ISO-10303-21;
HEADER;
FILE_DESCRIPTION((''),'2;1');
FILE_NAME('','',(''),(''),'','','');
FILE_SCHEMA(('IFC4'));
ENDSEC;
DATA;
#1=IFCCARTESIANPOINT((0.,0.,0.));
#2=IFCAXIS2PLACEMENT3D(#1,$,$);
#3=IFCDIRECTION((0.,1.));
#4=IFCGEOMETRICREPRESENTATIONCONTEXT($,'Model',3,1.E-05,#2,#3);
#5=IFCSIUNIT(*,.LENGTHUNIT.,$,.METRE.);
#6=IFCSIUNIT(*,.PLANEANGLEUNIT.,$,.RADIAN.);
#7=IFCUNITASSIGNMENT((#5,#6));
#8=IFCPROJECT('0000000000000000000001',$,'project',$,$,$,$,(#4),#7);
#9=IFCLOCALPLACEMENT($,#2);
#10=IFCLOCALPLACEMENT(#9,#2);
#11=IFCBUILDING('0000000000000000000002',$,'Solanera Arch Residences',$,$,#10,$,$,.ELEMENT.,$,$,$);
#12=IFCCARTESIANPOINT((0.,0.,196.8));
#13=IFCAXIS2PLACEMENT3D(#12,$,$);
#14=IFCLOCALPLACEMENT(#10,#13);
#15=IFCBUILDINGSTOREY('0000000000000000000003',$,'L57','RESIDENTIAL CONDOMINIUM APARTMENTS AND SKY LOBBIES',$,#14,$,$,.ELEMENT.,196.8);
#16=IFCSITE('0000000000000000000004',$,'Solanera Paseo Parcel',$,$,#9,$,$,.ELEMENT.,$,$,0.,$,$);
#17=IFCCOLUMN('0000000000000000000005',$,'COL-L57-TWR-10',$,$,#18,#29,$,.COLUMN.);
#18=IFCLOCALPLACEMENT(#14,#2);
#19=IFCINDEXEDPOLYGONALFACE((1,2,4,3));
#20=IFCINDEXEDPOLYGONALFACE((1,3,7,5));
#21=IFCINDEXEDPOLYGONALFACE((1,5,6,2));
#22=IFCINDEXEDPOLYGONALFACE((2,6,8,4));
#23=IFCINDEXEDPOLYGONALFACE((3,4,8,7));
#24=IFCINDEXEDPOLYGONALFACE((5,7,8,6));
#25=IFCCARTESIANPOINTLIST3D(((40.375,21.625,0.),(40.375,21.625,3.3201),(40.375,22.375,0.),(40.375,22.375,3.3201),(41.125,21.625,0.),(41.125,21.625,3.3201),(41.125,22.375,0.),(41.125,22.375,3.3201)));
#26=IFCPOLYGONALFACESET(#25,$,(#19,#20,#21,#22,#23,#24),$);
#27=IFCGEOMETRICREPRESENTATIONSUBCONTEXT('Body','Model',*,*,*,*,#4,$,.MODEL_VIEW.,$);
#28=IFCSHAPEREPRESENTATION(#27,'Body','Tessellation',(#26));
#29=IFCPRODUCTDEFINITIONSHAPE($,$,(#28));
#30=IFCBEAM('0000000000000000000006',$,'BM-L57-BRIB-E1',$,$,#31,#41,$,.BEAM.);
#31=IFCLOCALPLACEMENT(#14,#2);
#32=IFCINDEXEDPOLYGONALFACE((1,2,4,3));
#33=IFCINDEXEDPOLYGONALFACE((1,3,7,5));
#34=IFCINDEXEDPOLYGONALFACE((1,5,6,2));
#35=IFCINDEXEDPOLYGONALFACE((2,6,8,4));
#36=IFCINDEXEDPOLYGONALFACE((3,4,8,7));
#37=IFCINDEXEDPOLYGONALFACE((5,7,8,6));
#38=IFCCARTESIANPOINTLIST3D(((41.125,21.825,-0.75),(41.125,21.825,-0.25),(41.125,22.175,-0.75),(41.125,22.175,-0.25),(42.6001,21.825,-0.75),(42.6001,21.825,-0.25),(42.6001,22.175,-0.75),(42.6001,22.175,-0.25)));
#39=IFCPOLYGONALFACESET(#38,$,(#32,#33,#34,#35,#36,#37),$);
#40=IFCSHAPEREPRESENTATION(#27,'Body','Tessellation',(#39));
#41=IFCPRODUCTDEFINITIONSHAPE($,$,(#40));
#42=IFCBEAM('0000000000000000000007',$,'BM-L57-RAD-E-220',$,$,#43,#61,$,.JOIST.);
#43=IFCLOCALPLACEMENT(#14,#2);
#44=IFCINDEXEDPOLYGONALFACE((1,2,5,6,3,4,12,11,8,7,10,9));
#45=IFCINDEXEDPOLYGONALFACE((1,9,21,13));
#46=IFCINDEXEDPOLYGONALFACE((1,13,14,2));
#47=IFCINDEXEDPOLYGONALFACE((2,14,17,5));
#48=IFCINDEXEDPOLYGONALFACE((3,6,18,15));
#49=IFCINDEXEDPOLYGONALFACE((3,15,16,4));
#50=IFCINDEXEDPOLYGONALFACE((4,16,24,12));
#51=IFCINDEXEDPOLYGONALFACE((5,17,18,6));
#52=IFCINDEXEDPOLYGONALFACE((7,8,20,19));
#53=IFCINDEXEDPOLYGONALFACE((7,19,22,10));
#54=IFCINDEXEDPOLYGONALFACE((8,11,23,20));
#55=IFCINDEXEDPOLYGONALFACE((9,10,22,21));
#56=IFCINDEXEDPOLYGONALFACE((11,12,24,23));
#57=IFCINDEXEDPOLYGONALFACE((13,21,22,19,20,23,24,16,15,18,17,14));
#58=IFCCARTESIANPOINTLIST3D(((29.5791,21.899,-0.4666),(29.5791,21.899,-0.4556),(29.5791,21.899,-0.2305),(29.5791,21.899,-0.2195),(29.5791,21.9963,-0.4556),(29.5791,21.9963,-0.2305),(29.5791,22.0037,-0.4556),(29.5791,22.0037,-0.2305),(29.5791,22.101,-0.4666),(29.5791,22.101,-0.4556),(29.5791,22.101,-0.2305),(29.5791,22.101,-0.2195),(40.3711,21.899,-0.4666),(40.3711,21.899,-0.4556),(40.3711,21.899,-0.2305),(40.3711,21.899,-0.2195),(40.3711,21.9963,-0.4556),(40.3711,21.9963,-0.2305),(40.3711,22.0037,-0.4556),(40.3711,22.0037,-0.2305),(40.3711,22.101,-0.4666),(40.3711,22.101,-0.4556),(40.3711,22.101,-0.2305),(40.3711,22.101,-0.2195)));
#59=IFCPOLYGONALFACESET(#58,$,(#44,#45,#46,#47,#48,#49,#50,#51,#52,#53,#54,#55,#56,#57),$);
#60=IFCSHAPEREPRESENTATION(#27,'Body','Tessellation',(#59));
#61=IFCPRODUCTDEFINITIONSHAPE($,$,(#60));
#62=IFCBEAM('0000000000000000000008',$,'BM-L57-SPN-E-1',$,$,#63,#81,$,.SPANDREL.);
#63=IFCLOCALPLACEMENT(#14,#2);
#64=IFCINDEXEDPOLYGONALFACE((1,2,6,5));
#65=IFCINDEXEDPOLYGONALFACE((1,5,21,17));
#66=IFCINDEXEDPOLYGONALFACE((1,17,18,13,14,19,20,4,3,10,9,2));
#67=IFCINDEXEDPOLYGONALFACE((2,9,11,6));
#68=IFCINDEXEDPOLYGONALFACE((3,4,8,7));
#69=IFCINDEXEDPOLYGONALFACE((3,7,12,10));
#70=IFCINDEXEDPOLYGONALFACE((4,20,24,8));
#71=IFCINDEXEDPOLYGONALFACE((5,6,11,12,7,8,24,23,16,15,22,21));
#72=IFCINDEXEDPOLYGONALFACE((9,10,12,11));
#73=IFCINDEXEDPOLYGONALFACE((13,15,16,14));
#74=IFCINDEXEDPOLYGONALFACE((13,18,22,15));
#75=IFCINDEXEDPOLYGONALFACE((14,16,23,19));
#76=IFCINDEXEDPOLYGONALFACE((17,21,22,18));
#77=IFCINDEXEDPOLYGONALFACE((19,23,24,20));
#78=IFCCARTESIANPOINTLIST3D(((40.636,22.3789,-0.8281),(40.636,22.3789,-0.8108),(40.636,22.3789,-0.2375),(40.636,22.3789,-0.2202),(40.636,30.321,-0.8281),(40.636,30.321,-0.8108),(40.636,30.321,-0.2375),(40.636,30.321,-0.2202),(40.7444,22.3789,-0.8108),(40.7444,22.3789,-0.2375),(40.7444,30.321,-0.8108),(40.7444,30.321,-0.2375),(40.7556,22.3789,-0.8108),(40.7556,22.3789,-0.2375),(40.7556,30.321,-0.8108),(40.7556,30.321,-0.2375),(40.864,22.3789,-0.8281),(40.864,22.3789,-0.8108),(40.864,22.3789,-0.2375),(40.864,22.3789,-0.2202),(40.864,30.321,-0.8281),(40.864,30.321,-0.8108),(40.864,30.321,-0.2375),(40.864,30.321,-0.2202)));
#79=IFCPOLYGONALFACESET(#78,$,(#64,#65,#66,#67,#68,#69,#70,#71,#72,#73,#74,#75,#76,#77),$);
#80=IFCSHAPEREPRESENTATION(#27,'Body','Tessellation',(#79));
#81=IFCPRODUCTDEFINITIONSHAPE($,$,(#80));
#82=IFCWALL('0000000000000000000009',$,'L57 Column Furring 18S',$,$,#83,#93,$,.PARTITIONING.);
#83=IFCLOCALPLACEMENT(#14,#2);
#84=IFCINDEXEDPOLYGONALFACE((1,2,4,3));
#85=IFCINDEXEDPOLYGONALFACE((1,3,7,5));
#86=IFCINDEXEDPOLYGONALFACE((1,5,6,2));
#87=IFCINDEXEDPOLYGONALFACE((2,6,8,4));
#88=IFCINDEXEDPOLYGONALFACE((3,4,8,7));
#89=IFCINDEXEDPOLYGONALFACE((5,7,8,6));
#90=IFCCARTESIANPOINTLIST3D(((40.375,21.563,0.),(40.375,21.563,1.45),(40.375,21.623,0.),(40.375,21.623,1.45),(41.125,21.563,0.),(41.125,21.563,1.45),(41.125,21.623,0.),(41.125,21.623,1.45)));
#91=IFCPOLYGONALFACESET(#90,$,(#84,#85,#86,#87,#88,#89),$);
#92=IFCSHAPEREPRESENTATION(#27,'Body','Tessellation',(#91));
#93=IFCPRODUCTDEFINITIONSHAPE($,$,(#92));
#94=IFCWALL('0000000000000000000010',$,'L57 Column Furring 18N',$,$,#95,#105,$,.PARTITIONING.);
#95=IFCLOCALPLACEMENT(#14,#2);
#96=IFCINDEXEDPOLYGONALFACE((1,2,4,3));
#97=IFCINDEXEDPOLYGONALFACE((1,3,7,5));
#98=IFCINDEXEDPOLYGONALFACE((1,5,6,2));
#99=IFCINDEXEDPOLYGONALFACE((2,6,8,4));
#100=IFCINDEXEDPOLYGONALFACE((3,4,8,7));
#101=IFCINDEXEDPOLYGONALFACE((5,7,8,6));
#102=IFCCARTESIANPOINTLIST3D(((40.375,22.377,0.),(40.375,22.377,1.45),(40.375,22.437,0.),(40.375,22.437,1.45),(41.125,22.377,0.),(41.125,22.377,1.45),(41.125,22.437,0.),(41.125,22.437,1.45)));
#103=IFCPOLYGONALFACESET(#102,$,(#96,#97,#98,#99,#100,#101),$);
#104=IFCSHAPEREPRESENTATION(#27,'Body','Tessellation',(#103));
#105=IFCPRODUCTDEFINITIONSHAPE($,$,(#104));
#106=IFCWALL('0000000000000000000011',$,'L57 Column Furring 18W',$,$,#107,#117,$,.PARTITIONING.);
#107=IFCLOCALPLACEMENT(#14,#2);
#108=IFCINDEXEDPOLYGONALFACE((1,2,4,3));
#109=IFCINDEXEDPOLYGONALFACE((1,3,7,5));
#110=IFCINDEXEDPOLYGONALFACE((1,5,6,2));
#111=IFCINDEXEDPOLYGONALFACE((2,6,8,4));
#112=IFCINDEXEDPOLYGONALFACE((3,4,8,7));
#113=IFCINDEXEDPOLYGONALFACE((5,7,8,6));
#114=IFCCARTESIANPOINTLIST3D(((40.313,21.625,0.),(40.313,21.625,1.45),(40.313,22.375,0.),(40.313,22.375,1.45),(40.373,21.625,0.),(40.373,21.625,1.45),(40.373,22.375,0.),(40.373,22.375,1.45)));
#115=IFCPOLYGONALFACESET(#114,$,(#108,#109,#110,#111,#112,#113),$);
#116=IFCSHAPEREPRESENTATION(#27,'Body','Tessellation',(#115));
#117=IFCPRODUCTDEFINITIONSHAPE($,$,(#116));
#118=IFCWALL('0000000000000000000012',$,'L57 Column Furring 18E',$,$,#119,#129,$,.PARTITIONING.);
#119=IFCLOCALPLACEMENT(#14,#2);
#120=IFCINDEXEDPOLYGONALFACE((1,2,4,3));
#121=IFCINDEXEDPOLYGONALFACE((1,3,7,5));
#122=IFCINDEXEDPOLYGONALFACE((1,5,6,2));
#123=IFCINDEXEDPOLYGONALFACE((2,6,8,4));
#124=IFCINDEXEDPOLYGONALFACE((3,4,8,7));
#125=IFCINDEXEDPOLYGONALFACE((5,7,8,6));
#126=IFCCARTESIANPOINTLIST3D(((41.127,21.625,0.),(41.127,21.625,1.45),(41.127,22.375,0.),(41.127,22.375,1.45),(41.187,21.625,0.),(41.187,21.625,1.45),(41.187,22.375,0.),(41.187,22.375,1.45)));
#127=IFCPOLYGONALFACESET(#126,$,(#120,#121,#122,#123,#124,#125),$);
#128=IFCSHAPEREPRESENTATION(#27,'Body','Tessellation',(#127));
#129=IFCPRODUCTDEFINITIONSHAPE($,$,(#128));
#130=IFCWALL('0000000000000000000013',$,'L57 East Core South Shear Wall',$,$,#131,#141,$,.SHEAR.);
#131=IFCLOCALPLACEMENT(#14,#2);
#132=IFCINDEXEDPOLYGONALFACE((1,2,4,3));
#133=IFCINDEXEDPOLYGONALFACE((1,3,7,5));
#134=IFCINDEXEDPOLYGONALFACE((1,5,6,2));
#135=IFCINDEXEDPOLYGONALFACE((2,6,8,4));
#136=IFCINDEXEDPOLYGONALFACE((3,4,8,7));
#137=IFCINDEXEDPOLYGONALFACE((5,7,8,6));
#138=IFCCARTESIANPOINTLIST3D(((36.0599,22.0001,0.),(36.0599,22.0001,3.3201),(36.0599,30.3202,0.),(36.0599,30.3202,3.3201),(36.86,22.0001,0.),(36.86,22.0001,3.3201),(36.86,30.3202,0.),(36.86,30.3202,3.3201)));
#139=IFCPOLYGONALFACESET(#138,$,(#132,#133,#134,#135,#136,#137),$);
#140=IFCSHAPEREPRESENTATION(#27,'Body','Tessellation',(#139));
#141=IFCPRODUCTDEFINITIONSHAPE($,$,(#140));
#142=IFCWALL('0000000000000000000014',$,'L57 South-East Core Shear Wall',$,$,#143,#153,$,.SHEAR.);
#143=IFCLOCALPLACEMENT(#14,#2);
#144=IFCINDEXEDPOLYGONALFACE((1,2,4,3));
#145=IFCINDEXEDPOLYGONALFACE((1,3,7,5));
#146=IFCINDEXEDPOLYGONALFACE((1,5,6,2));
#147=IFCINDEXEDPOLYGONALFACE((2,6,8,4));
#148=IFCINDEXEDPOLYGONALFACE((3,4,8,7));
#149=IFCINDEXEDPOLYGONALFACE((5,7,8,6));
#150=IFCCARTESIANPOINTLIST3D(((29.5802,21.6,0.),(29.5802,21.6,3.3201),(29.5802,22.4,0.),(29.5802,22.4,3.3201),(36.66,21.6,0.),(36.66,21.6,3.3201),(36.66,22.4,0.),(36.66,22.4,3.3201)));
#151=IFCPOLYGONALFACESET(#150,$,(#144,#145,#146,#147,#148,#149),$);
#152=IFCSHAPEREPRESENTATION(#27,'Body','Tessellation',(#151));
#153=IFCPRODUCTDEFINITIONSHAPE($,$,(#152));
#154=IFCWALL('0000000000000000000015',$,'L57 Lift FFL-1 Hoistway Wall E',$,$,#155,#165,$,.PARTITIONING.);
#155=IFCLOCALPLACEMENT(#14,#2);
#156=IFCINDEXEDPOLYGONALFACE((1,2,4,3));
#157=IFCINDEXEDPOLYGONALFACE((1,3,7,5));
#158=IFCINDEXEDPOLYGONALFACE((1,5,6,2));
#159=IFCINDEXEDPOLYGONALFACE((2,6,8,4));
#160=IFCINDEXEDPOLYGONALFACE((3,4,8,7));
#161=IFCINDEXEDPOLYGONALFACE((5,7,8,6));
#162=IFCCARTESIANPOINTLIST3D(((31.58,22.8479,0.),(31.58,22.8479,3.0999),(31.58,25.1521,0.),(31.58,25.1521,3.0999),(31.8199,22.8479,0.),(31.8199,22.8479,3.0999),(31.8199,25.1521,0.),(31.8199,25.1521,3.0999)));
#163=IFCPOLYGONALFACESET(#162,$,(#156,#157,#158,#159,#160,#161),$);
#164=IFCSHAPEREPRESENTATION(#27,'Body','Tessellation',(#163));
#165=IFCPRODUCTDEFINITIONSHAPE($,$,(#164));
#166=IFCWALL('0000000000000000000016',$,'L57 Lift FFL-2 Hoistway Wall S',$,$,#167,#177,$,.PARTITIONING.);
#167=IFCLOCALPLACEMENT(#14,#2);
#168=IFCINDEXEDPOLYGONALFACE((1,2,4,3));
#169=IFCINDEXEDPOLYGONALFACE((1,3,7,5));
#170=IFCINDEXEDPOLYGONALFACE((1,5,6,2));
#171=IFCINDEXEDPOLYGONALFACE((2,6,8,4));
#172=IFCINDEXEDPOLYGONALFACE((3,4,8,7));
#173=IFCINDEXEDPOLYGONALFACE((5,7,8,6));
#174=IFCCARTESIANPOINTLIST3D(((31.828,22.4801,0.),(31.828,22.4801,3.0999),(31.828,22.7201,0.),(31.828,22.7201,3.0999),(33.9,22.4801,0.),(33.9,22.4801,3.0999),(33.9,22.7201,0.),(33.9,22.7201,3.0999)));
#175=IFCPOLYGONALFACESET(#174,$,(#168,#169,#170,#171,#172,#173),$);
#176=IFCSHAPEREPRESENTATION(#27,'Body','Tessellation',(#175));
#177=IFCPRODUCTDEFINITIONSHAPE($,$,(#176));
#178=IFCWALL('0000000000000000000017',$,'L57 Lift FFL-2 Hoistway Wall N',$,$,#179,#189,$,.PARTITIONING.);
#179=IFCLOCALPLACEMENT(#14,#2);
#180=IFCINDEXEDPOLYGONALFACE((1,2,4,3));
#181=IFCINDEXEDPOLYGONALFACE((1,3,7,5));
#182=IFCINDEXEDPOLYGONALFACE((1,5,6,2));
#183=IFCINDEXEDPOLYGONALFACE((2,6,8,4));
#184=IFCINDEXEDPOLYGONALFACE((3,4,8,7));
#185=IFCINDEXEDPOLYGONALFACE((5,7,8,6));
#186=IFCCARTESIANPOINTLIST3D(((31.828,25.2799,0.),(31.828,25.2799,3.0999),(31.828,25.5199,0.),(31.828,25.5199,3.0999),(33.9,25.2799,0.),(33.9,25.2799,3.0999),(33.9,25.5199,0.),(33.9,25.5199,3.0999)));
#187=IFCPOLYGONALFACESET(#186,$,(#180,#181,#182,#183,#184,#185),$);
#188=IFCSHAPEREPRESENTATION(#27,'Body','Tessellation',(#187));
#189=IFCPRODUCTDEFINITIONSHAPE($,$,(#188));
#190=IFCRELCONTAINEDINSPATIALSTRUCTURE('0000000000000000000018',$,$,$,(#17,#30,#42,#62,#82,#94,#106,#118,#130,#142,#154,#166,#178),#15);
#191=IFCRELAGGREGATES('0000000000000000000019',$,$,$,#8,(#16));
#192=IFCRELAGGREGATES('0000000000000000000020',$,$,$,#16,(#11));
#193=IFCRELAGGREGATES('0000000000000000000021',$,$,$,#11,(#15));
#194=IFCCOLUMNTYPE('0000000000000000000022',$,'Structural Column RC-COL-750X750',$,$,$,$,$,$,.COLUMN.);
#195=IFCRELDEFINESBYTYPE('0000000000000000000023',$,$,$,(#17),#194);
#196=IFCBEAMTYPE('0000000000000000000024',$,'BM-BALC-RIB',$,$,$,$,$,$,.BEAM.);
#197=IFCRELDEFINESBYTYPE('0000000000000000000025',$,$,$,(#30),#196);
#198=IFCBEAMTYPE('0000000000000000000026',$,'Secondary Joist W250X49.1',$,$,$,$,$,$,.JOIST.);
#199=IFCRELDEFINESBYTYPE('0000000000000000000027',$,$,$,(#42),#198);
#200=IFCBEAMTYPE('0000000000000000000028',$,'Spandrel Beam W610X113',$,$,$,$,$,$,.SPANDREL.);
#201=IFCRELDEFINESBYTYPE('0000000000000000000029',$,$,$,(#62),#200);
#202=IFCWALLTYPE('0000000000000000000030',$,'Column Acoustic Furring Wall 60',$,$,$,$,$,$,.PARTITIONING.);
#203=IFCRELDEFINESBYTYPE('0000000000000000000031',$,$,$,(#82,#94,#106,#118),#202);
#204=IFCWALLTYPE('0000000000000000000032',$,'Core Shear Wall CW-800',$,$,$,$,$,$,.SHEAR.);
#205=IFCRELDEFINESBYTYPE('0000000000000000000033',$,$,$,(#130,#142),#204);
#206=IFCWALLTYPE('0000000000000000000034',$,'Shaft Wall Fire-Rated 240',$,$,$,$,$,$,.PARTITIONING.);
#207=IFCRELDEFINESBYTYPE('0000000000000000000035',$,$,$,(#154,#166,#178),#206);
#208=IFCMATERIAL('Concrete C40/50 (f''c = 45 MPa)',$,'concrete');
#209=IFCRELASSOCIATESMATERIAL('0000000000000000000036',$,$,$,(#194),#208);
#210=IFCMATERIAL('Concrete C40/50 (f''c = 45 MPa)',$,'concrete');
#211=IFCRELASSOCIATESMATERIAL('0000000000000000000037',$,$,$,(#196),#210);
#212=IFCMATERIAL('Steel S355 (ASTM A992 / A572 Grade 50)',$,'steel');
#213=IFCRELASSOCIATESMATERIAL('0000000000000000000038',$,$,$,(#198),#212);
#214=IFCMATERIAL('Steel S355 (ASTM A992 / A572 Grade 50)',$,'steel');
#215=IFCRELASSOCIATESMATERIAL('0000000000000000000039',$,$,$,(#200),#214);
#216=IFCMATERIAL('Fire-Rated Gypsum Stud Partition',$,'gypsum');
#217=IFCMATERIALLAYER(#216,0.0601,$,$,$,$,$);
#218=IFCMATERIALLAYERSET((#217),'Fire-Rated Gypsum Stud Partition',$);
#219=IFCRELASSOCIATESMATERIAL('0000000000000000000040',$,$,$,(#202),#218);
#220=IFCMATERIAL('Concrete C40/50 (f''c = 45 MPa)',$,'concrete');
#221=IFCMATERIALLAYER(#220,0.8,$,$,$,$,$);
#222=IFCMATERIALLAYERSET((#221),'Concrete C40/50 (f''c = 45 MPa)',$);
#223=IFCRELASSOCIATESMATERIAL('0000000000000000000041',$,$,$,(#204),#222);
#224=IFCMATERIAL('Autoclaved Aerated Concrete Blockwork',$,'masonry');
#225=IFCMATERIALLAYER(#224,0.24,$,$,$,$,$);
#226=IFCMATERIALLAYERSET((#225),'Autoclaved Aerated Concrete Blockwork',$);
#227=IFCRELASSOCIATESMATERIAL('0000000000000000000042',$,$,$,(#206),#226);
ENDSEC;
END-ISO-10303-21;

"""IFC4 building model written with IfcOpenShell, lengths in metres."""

from ifc_helpers import new_model, si_unit, direction, frame, frame_2d, origin, origin_2d, place, context, subcontext, project, spatial, rectangle, i_section, extrude, material, layer, layer_set, material_profile, profile_set, type_object, element, save


model = new_model("IFC4")

# Units and contexts
model_context = context("Model", 3, precision=1e-05, world=origin(), true_north=direction((0.0, 1.0)))
body_context = subcontext(model_context, "Body", "Model", "MODEL_VIEW")
ifc_project = project(units=[si_unit("LENGTHUNIT", "METRE"), si_unit("PLANEANGLEUNIT", "RADIAN")], contexts=[model_context])

# Site, building, storey
site_placement = place(None, origin())
site = spatial("IfcSite", under=ifc_project, at=site_placement, Name="Solanera Paseo Parcel", CompositionType="ELEMENT", RefElevation=0.0)
building_placement = place(site_placement, origin())
building = spatial("IfcBuilding", under=site, at=building_placement, Name="Solanera Arch Residences", CompositionType="ELEMENT")
storey_placement = place(building_placement, frame((0.0, 0.0, 196.8)))
storey = spatial("IfcBuildingStorey", under=building, at=storey_placement, Name="L57", Description="RESIDENTIAL CONDOMINIUM APARTMENTS AND SKY LOBBIES", CompositionType="ELEMENT", Elevation=196.8)

# Column
ifc_material_1 = material(Name="Concrete C40/50 (f'c = 45 MPa)", Category="concrete")
ifc_material_profile_1 = material_profile(ifc_material_1, rectangle(XDim=0.75, YDim=0.75, at=origin_2d()))
ifc_profile_set_1 = profile_set([ifc_material_profile_1], Name="Concrete C40/50 (f'c = 45 MPa)")
column_type = type_object("IfcColumnType", Name="Structural Column RC-COL-750X750", PredefinedType="COLUMN", material=ifc_profile_set_1)
column_placement = place(storey_placement, frame((40.75, 22.0, 0.0), z_axis=(0.0, 0.0, 1.0), x_axis=(1.0, 0.0, 0.0)))
element("IfcColumn", 1, at=column_placement, inside=storey, type_object=column_type, Name="COL-L57-TWR-10", PredefinedType="COLUMN", context=body_context, shape_type="SweptSolid", body=[
    extrude(rectangle(XDim=0.75, YDim=0.75, at=origin_2d()), origin(), (0.0, 0.0, 1.0), 3.3201),
])

# Beams
ifc_material_2 = material(Name="Concrete C40/50 (f'c = 45 MPa)", Category="concrete")
ifc_material_profile_2 = material_profile(ifc_material_2, rectangle(XDim=0.3501, YDim=0.5, at=origin_2d()))
ifc_profile_set_2 = profile_set([ifc_material_profile_2], Name="Concrete C40/50 (f'c = 45 MPa)")
beam_type_1 = type_object("IfcBeamType", Name="BM-BALC-RIB", PredefinedType="BEAM", material=ifc_profile_set_2)
beam_1_placement = place(storey_placement, frame((41.125, 22.0, -0.5), z_axis=(1.0, 0.0, 0.0), x_axis=(0.0, 1.0, 0.0)))
element("IfcBeam", 2, at=beam_1_placement, inside=storey, type_object=beam_type_1, Name="BM-L57-BRIB-E1", PredefinedType="BEAM", context=body_context, shape_type="SweptSolid", body=[
    extrude(rectangle(XDim=0.3501, YDim=0.5, at=origin_2d()), origin(), (0.0, 0.0, 1.0), 1.4751),
])
ifc_material_3 = material(Name="Steel S355 (ASTM A992 / A572 Grade 50)", Category="steel")
ifc_material_profile_3 = material_profile(ifc_material_3, i_section(OverallWidth=0.2019, OverallDepth=0.2471, WebThickness=0.0073, FlangeThickness=0.011, at=origin_2d()))
ifc_profile_set_3 = profile_set([ifc_material_profile_3], Name="Steel S355 (ASTM A992 / A572 Grade 50)")
beam_type_2 = type_object("IfcBeamType", Name="Secondary Joist W250X49.1", PredefinedType="JOIST", material=ifc_profile_set_3)
beam_2_placement = place(storey_placement, frame((29.5791, 22.0, -0.343), z_axis=(1.0, 0.0, 0.0), x_axis=(0.0, 1.0, 0.0)))
element("IfcBeam", 3, at=beam_2_placement, inside=storey, type_object=beam_type_2, Name="BM-L57-RAD-E-220", PredefinedType="JOIST", context=body_context, shape_type="SweptSolid", body=[
    extrude(i_section(OverallWidth=0.2019, OverallDepth=0.2471, WebThickness=0.0073, FlangeThickness=0.011, at=origin_2d()), origin(), (0.0, 0.0, 1.0), 10.792),
])
ifc_material_4 = material(Name="Steel S355 (ASTM A992 / A572 Grade 50)", Category="steel")
ifc_material_profile_4 = material_profile(ifc_material_4, i_section(OverallWidth=0.228, OverallDepth=0.6079, WebThickness=0.0112, FlangeThickness=0.0173, at=origin_2d()))
ifc_profile_set_4 = profile_set([ifc_material_profile_4], Name="Steel S355 (ASTM A992 / A572 Grade 50)")
beam_type_3 = type_object("IfcBeamType", Name="Spandrel Beam W610X113", PredefinedType="SPANDREL", material=ifc_profile_set_4)
beam_3_placement = place(storey_placement, frame((40.75, 22.3789, -0.5242), z_axis=(0.0, 1.0, 0.0), x_axis=(-1.0, 0.0, 0.0)))
element("IfcBeam", 4, at=beam_3_placement, inside=storey, type_object=beam_type_3, Name="BM-L57-SPN-E-1", PredefinedType="SPANDREL", context=body_context, shape_type="SweptSolid", body=[
    extrude(i_section(OverallWidth=0.228, OverallDepth=0.6079, WebThickness=0.0112, FlangeThickness=0.0173, at=origin_2d()), origin(), (0.0, 0.0, 1.0), 7.9421),
])

# Walls
ifc_material_5 = material(Name="Fire-Rated Gypsum Stud Partition", Category="gypsum")
ifc_layer_1 = layer(ifc_material_5, 0.0601)
ifc_layer_set_1 = layer_set([ifc_layer_1], Name="Fire-Rated Gypsum Stud Partition")
wall_type_1 = type_object("IfcWallType", Name="Column Acoustic Furring Wall 60", PredefinedType="PARTITIONING", material=ifc_layer_set_1)
for number, where, z_axis, x_axis, name in (
    (5, (40.375, 21.593, 0.0), (0.0, 0.0, 1.0), (1.0, 0.0, 0.0), "L57 Column Furring 18S"),
    (6, (40.375, 22.407, 0.0), (0.0, 0.0, 1.0), (1.0, 0.0, 0.0), "L57 Column Furring 18N"),
    (7, (40.343, 21.625, 0.0), (0.0, 0.0, 1.0), (0.0, 1.0, 0.0), "L57 Column Furring 18W"),
    (8, (41.157, 21.625, 0.0), (0.0, 0.0, 1.0), (0.0, 1.0, 0.0), "L57 Column Furring 18E"),
):
    element("IfcWall", number, at=place(storey_placement, frame(where, z_axis=z_axis, x_axis=x_axis)), inside=storey, type_object=wall_type_1, Name=name, PredefinedType="PARTITIONING", context=body_context, shape_type="SweptSolid", body=[
        extrude(rectangle(XDim=0.75, YDim=0.0601, at=frame_2d((0.375, 0.0))), origin(), (0.0, 0.0, 1.0), 1.45),
    ])
ifc_material_6 = material(Name="Concrete C40/50 (f'c = 45 MPa)", Category="concrete")
ifc_layer_2 = layer(ifc_material_6, 0.8)
ifc_layer_set_2 = layer_set([ifc_layer_2], Name="Concrete C40/50 (f'c = 45 MPa)")
wall_type_2 = type_object("IfcWallType", Name="Core Shear Wall CW-800", PredefinedType="SHEAR", material=ifc_layer_set_2)
wall_1_placement = place(storey_placement, frame((36.46, 22.0, 0.0), z_axis=(0.0, 0.0, 1.0), x_axis=(0.0, 1.0, 0.0)))
element("IfcWall", 9, at=wall_1_placement, inside=storey, type_object=wall_type_2, Name="L57 East Core South Shear Wall", PredefinedType="SHEAR", context=body_context, shape_type="SweptSolid", body=[
    extrude(rectangle(XDim=8.3201, YDim=0.8, at=frame_2d((4.1602, 0.0))), origin(), (0.0, 0.0, 1.0), 3.3201),
])
wall_2_placement = place(storey_placement, frame((29.5801, 22.0, 0.0), z_axis=(0.0, 0.0, 1.0), x_axis=(1.0, 0.0, 0.0)))
element("IfcWall", 10, at=wall_2_placement, inside=storey, type_object=wall_type_2, Name="L57 South-East Core Shear Wall", PredefinedType="SHEAR", context=body_context, shape_type="SweptSolid", body=[
    extrude(rectangle(XDim=7.0798, YDim=0.8, at=frame_2d((3.54, 0.0))), origin(), (0.0, 0.0, 1.0), 3.3201),
])
ifc_material_7 = material(Name="Autoclaved Aerated Concrete Blockwork", Category="masonry")
ifc_layer_3 = layer(ifc_material_7, 0.24)
ifc_layer_set_3 = layer_set([ifc_layer_3], Name="Autoclaved Aerated Concrete Blockwork")
wall_type_3 = type_object("IfcWallType", Name="Shaft Wall Fire-Rated 240", PredefinedType="PARTITIONING", material=ifc_layer_set_3)
wall_3_placement = place(storey_placement, frame((31.7, 22.8479, 0.0), z_axis=(0.0, 0.0, 1.0), x_axis=(0.0, 1.0, 0.0)))
element("IfcWall", 11, at=wall_3_placement, inside=storey, type_object=wall_type_3, Name="L57 Lift FFL-1 Hoistway Wall E", PredefinedType="PARTITIONING", context=body_context, shape_type="SweptSolid", body=[
    extrude(rectangle(XDim=2.3042, YDim=0.24, at=frame_2d((1.1521, 0.0))), origin(), (0.0, 0.0, 1.0), 3.0999),
])
for number, where, z_axis, x_axis, name in (
    (12, (31.8279, 22.6001, 0.0), (0.0, 0.0, 1.0), (1.0, 0.0, 0.0), "L57 Lift FFL-2 Hoistway Wall S"),
    (13, (31.8279, 25.3999, 0.0), (0.0, 0.0, 1.0), (1.0, 0.0, 0.0), "L57 Lift FFL-2 Hoistway Wall N"),
):
    element("IfcWall", number, at=place(storey_placement, frame(where, z_axis=z_axis, x_axis=x_axis)), inside=storey, type_object=wall_type_3, Name=name, PredefinedType="PARTITIONING", context=body_context, shape_type="SweptSolid", body=[
        extrude(rectangle(XDim=2.072, YDim=0.24, at=frame_2d((1.0361, 0.0))), origin(), (0.0, 0.0, 1.0), 3.0999),
    ])

save(model, "model.ifc")
